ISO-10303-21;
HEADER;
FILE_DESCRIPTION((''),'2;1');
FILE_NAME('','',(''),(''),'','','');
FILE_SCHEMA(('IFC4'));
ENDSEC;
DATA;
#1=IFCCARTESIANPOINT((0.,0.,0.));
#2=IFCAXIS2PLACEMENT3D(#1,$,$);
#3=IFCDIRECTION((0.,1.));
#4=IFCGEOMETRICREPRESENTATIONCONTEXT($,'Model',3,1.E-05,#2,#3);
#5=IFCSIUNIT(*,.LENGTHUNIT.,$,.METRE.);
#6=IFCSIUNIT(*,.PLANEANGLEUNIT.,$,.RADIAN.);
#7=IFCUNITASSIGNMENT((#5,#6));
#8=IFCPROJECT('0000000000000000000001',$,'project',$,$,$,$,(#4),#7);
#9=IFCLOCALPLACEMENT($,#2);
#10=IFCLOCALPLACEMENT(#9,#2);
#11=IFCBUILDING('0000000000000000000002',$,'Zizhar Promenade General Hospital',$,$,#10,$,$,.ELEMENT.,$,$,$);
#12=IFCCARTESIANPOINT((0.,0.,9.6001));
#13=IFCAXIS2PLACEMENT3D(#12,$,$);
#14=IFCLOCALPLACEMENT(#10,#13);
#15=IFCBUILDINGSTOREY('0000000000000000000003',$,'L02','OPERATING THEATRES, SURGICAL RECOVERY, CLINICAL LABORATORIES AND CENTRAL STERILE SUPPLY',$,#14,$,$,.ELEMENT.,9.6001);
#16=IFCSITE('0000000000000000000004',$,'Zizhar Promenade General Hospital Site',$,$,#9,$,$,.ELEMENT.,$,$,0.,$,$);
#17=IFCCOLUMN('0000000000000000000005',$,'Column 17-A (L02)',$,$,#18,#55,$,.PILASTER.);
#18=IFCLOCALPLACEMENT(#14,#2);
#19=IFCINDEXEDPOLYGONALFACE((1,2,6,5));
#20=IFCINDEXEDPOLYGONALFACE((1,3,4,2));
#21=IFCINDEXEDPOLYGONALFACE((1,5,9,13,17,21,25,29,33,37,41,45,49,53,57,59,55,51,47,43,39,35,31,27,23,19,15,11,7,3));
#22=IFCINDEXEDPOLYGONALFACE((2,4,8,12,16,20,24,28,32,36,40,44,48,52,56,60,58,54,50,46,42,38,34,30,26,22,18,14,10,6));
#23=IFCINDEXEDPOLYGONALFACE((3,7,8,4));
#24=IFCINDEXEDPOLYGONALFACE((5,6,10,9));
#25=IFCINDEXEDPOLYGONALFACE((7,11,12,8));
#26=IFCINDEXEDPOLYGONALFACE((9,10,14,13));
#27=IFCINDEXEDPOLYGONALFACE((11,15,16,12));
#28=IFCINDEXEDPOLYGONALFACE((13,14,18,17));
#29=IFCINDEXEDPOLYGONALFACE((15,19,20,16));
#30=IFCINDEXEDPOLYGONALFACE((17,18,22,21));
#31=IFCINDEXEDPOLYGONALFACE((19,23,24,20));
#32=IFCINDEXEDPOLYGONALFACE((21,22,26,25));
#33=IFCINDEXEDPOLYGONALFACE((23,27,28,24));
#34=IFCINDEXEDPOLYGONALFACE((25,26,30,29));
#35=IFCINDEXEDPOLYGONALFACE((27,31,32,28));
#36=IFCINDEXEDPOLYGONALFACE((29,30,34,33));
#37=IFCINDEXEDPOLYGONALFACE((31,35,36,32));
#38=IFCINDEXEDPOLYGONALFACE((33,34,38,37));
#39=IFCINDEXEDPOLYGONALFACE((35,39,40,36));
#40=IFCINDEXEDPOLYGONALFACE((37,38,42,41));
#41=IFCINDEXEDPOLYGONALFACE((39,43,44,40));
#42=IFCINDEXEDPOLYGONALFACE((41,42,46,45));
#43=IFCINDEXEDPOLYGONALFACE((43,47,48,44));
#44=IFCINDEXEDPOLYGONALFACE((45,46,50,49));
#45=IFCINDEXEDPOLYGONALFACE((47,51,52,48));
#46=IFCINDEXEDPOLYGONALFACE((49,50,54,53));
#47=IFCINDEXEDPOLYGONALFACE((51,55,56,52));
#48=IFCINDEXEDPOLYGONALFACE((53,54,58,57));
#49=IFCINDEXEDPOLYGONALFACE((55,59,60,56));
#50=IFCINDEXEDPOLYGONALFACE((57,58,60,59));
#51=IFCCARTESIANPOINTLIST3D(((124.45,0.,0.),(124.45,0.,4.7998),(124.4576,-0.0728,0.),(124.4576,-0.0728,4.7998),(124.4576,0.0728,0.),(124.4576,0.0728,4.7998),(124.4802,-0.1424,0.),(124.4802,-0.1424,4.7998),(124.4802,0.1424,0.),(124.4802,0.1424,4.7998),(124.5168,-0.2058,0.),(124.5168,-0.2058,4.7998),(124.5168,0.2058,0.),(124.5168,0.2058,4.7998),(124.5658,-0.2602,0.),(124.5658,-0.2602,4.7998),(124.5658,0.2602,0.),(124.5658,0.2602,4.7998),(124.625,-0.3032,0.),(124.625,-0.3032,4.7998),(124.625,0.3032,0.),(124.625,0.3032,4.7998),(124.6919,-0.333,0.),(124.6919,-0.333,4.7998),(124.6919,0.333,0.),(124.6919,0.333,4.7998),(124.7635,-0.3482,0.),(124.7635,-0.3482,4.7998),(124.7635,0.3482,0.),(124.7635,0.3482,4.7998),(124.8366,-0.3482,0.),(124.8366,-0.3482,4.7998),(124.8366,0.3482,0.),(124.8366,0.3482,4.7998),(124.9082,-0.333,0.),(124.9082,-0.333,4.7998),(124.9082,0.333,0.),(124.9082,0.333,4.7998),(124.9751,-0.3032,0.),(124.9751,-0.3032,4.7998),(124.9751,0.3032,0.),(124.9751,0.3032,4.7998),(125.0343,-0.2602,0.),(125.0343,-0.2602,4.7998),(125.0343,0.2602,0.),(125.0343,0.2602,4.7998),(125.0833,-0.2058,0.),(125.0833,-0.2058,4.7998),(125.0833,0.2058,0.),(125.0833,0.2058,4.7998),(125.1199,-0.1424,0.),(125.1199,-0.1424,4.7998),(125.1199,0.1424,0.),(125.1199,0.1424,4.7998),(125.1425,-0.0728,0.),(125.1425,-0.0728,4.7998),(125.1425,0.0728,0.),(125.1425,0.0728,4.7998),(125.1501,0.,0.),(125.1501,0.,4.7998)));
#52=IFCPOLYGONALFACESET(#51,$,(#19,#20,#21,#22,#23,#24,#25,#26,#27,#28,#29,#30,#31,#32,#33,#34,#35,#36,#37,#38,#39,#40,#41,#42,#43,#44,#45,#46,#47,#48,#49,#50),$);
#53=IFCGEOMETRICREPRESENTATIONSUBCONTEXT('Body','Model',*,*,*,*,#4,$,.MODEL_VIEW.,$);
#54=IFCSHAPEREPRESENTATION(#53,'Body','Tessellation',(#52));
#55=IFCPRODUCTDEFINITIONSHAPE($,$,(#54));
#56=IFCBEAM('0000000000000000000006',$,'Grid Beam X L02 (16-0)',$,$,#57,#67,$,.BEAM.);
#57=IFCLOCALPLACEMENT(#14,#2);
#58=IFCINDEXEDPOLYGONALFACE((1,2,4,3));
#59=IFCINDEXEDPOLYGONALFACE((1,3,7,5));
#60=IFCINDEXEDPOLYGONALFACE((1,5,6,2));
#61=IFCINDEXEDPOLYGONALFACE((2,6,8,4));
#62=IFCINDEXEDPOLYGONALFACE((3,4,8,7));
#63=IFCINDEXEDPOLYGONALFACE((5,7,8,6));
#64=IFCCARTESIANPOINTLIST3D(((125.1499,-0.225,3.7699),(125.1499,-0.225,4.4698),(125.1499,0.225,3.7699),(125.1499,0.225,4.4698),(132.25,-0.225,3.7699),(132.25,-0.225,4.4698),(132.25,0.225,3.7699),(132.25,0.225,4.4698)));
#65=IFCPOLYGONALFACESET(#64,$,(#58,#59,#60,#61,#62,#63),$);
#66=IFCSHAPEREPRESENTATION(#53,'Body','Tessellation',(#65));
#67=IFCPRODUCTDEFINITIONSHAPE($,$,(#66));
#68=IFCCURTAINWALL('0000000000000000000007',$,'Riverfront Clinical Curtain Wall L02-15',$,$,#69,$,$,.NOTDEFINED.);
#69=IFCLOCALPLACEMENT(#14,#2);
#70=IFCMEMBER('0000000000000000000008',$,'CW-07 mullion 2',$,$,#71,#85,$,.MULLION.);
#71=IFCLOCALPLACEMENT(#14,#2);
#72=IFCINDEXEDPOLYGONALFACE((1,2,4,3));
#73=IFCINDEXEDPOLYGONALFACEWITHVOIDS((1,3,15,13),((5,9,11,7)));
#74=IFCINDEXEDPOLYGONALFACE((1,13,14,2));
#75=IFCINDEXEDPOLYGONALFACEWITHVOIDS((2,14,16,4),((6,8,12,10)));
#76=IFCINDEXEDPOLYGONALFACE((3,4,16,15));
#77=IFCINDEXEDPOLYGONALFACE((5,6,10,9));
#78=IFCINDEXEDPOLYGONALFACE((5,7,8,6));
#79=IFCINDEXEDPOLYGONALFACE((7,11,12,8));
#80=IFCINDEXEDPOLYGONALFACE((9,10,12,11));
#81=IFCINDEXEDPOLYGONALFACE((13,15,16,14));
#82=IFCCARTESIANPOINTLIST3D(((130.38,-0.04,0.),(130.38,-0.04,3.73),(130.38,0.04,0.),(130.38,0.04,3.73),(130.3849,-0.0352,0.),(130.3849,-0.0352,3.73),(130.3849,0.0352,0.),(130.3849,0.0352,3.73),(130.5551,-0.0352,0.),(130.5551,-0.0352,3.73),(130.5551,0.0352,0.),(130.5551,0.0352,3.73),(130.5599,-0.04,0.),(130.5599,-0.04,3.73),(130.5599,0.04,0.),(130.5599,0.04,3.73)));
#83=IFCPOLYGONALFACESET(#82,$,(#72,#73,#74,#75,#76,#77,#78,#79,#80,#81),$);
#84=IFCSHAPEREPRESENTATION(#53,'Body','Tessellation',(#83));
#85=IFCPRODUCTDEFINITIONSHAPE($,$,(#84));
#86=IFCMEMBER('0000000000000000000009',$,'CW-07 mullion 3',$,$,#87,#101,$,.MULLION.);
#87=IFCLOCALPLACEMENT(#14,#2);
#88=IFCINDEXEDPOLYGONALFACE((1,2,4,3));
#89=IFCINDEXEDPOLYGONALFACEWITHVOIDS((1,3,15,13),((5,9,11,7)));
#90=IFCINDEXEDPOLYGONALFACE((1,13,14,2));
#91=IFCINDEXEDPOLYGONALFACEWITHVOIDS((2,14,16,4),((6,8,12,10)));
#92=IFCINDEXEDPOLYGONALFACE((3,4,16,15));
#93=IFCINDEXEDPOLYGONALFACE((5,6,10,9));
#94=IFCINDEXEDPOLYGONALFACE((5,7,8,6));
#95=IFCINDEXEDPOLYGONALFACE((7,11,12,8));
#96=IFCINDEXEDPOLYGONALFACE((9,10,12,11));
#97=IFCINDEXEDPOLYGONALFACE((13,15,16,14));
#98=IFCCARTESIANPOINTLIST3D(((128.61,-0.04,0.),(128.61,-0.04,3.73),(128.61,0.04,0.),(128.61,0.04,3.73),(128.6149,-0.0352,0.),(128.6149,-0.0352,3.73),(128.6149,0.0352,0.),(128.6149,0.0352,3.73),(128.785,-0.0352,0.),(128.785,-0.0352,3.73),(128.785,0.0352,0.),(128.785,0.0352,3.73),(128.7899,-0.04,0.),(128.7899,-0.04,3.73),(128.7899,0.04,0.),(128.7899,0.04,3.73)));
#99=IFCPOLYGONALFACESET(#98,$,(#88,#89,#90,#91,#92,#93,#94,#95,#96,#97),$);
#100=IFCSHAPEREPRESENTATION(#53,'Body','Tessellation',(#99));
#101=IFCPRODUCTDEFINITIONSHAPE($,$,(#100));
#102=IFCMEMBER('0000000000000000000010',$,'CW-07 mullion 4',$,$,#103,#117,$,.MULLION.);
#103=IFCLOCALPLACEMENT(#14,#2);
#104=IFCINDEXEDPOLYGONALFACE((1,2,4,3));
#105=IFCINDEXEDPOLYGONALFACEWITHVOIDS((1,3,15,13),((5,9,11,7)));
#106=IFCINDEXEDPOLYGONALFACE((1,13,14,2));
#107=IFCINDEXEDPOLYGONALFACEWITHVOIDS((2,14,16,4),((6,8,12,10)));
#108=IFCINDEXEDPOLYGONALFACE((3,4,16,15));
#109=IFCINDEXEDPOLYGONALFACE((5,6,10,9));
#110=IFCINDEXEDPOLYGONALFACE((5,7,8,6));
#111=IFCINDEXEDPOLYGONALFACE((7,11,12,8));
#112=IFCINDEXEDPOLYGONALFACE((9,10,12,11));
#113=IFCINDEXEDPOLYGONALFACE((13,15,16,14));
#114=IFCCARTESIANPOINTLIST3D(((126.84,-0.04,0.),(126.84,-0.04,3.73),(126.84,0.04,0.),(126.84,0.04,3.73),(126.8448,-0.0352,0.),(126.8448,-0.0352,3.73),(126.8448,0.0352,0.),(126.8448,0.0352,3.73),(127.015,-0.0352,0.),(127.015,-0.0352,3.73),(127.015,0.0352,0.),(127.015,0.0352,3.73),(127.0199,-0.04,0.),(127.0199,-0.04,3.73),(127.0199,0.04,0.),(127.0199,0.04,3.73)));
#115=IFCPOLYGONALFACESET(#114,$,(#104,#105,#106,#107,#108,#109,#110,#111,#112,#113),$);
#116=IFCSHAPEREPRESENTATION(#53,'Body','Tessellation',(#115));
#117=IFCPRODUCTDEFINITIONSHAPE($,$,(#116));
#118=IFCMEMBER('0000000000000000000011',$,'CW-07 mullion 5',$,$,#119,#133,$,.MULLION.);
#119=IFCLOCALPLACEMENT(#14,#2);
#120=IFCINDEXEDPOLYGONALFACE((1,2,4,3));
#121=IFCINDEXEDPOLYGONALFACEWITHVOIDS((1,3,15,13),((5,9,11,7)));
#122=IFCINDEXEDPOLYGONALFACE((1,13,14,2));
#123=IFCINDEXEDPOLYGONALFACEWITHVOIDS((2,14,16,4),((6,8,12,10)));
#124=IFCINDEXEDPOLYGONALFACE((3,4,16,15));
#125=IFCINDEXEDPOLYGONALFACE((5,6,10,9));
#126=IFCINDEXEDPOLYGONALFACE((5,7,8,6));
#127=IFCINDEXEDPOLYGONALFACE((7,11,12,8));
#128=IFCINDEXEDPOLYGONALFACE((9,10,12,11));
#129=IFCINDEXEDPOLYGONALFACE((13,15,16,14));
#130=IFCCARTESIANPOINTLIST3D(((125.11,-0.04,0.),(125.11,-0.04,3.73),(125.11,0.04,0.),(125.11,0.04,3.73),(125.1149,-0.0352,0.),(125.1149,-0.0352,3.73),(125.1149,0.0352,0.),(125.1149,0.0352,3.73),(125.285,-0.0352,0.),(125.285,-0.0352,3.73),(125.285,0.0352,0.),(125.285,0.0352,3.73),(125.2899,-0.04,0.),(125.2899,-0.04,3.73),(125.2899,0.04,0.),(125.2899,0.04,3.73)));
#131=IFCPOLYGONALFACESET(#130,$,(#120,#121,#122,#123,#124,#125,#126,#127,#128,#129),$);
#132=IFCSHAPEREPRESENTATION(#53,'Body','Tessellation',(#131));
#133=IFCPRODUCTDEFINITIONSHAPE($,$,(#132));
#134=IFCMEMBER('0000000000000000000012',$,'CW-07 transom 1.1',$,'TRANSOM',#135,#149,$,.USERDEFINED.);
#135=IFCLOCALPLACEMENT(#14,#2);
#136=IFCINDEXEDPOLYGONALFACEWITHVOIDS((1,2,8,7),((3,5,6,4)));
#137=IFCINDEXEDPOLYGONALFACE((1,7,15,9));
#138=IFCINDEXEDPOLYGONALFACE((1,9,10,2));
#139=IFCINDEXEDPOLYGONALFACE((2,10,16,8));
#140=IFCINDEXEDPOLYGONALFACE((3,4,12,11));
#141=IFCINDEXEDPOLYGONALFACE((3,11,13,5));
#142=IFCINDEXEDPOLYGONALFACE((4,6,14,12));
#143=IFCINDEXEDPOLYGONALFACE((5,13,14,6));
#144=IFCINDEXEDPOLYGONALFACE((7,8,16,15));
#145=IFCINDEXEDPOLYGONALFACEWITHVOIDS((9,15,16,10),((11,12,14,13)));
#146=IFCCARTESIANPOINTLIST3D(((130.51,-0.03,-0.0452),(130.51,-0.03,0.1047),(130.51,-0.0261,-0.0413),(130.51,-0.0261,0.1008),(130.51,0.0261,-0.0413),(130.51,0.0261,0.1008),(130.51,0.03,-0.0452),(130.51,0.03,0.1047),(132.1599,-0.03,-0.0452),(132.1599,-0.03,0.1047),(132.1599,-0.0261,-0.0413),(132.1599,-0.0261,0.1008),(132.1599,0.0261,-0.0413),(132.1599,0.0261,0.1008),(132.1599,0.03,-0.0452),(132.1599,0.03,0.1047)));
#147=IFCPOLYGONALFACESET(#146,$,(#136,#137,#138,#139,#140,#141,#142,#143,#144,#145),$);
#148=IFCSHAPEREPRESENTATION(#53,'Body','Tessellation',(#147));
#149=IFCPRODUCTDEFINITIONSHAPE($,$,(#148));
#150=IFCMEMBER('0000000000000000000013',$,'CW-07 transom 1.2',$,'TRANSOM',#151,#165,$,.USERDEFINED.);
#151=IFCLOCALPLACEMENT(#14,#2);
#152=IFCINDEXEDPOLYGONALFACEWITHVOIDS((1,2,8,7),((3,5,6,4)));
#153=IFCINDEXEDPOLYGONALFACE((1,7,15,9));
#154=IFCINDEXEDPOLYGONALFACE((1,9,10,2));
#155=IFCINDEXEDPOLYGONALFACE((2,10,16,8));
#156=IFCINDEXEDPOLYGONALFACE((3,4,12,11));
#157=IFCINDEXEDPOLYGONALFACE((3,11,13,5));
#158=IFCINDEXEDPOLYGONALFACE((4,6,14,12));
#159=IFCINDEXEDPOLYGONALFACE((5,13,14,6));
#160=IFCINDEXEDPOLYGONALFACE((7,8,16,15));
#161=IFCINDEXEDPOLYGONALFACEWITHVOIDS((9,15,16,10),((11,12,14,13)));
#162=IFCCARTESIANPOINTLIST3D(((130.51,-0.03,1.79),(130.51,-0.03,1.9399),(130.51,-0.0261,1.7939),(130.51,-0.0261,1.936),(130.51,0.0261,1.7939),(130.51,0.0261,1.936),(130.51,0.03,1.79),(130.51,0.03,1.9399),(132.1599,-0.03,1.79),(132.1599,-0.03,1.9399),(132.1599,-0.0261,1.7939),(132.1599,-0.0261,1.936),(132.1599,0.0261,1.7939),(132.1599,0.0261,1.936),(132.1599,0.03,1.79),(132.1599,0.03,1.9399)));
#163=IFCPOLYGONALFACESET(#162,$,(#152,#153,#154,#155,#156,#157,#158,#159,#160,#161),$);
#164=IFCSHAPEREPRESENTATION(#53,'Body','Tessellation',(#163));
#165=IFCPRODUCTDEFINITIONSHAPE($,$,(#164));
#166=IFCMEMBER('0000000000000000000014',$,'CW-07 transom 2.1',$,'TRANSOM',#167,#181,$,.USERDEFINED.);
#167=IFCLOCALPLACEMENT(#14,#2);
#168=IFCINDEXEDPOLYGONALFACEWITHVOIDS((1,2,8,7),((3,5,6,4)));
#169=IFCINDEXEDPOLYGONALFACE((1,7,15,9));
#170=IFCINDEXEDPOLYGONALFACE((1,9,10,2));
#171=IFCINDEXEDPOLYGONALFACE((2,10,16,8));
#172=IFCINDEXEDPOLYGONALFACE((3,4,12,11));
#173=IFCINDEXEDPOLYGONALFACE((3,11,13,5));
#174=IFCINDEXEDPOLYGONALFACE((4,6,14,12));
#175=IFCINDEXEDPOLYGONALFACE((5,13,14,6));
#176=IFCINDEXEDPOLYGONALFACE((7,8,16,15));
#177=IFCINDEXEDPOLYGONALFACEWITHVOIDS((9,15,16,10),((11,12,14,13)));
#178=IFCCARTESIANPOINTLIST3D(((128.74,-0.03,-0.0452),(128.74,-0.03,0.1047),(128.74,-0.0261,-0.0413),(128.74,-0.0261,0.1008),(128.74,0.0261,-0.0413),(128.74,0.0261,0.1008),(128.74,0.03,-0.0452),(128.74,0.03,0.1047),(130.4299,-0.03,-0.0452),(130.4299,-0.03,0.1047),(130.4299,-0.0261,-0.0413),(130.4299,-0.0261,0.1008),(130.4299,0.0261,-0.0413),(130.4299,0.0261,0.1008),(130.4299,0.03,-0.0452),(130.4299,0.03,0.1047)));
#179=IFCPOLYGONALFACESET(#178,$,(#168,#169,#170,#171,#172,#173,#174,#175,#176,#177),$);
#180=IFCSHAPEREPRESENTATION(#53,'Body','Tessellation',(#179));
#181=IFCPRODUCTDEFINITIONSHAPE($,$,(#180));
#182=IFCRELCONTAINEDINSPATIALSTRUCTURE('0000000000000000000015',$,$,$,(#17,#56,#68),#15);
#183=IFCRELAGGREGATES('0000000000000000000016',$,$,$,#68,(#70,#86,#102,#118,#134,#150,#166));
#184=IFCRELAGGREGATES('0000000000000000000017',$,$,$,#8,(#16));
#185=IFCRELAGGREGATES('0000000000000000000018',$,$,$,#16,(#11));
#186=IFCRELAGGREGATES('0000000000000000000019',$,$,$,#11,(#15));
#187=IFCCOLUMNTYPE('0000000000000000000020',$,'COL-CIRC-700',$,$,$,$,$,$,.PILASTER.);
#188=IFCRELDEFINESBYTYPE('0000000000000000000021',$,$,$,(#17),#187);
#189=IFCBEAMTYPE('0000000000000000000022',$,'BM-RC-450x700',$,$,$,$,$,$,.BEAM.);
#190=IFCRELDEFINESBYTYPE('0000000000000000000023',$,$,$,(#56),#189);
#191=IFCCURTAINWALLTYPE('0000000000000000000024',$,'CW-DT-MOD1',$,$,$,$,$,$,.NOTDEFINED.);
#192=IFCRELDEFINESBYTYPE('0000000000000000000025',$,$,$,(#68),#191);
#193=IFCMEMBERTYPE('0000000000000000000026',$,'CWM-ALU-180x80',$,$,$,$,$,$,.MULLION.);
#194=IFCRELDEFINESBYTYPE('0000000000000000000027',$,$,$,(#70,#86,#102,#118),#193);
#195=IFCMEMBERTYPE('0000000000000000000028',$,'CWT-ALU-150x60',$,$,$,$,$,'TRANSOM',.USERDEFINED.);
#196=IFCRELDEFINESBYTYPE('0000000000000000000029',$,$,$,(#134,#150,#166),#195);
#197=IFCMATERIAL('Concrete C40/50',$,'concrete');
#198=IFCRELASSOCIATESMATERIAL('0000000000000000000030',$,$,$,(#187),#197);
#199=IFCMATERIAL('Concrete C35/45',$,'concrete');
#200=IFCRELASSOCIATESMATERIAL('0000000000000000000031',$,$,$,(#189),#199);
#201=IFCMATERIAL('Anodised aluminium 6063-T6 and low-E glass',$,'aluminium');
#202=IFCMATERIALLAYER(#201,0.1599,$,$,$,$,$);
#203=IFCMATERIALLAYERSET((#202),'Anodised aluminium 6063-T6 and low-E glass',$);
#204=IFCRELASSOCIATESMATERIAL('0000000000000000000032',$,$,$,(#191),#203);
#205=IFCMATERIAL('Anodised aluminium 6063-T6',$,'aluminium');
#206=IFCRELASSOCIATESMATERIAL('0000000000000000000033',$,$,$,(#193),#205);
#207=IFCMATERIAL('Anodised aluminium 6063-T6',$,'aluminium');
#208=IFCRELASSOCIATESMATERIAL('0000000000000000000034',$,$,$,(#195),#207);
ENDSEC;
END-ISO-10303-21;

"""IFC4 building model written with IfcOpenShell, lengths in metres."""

from ifc_helpers import new_model, si_unit, direction, frame, origin, origin_2d, place, context, subcontext, project, spatial, rectangle, hollow_rectangle, circle, extrude, material, layer, layer_set, material_profile, profile_set, type_object, element, aggregate, save


model = new_model("IFC4")

# Units and contexts
model_context = context("Model", 3, precision=1e-05, world=origin(), true_north=direction((0.0, 1.0)))
body_context = subcontext(model_context, "Body", "Model", "MODEL_VIEW")
ifc_project = project(units=[si_unit("LENGTHUNIT", "METRE"), si_unit("PLANEANGLEUNIT", "RADIAN")], contexts=[model_context])

# Site, building, storey
site_placement = place(None, origin())
site = spatial("IfcSite", under=ifc_project, at=site_placement, Name="Zizhar Promenade General Hospital Site", CompositionType="ELEMENT", RefElevation=0.0)
building_placement = place(site_placement, origin())
building = spatial("IfcBuilding", under=site, at=building_placement, Name="Zizhar Promenade General Hospital", CompositionType="ELEMENT")
storey_placement = place(building_placement, frame((0.0, 0.0, 9.6001)))
storey = spatial("IfcBuildingStorey", under=building, at=storey_placement, Name="L02", Description="OPERATING THEATRES, SURGICAL RECOVERY, CLINICAL LABORATORIES AND CENTRAL STERILE SUPPLY", CompositionType="ELEMENT", Elevation=9.6001)

# Column
ifc_material_1 = material(Name="Concrete C40/50", Category="concrete")
ifc_material_profile_1 = material_profile(ifc_material_1, circle(Radius=0.3501, at=origin_2d()))
ifc_profile_set_1 = profile_set([ifc_material_profile_1], Name="Concrete C40/50")
column_type = type_object("IfcColumnType", Name="COL-CIRC-700", PredefinedType="PILASTER", material=ifc_profile_set_1)
column_placement = place(storey_placement, frame((124.8, 0.0, 0.0), z_axis=(0.0, 0.0, 1.0), x_axis=(1.0, 0.0, 0.0)))
element("IfcColumn", 1, at=column_placement, inside=storey, type_object=column_type, Name="Column 17-A (L02)", PredefinedType="PILASTER", context=body_context, shape_type="SweptSolid", body=[
    extrude(circle(Radius=0.3501, at=origin_2d()), origin(), (0.0, 0.0, 1.0), 4.7998),
])

# Beam
ifc_material_2 = material(Name="Concrete C35/45", Category="concrete")
ifc_material_profile_2 = material_profile(ifc_material_2, rectangle(XDim=0.45, YDim=0.7, at=origin_2d()))
ifc_profile_set_2 = profile_set([ifc_material_profile_2], Name="Concrete C35/45")
beam_type = type_object("IfcBeamType", Name="BM-RC-450x700", PredefinedType="BEAM", material=ifc_profile_set_2)
beam_placement = place(storey_placement, frame((125.1499, 0.0, 4.1199), z_axis=(1.0, 0.0, 0.0), x_axis=(0.0, 1.0, 0.0)))
element("IfcBeam", 2, at=beam_placement, inside=storey, type_object=beam_type, Name="Grid Beam X L02 (16-0)", PredefinedType="BEAM", context=body_context, shape_type="SweptSolid", body=[
    extrude(rectangle(XDim=0.45, YDim=0.7, at=origin_2d()), origin(), (0.0, 0.0, 1.0), 7.1001),
])

# Curtain wall, members
ifc_material_3 = material(Name="Anodised aluminium 6063-T6 and low-E glass", Category="aluminium")
ifc_layer_1 = layer(ifc_material_3, 0.1599)
ifc_layer_set_1 = layer_set([ifc_layer_1], Name="Anodised aluminium 6063-T6 and low-E glass")
curtain_wall_type = type_object("IfcCurtainWallType", Name="CW-DT-MOD1", PredefinedType="NOTDEFINED", material=ifc_layer_set_1)
curtain_wall_placement = place(storey_placement, origin())
curtain_wall = element("IfcCurtainWall", 3, at=curtain_wall_placement, inside=storey, type_object=curtain_wall_type, Name="Riverfront Clinical Curtain Wall L02-15", PredefinedType="NOTDEFINED")
ifc_material_4 = material(Name="Anodised aluminium 6063-T6", Category="aluminium")
ifc_material_profile_3 = material_profile(ifc_material_4, hollow_rectangle(XDim=0.0801, YDim=0.1799, WallThickness=0.0049, at=origin_2d()))
ifc_profile_set_3 = profile_set([ifc_material_profile_3], Name="Anodised aluminium 6063-T6")
member_type_1 = type_object("IfcMemberType", Name="CWM-ALU-180x80", PredefinedType="MULLION", material=ifc_profile_set_3)
member_1_placement = place(storey_placement, frame((130.47, 0.0, 0.0), z_axis=(0.0, 0.0, 1.0), x_axis=(0.0, -1.0, 0.0)))
member_1 = element("IfcMember", 4, at=member_1_placement, type_object=member_type_1, Name="CW-07 mullion 2", PredefinedType="MULLION", context=body_context, shape_type="SweptSolid", body=[
    extrude(hollow_rectangle(XDim=0.0801, YDim=0.1799, WallThickness=0.0049, at=origin_2d()), origin(), (0.0, 0.0, 1.0), 3.73),
])
member_2_placement = place(storey_placement, frame((128.7, 0.0, 0.0), z_axis=(0.0, 0.0, 1.0), x_axis=(0.0, -1.0, 0.0)))
member_2 = element("IfcMember", 5, at=member_2_placement, type_object=member_type_1, Name="CW-07 mullion 3", PredefinedType="MULLION", context=body_context, shape_type="SweptSolid", body=[
    extrude(hollow_rectangle(XDim=0.0801, YDim=0.1799, WallThickness=0.0049, at=origin_2d()), origin(), (0.0, 0.0, 1.0), 3.73),
])
member_3_placement = place(storey_placement, frame((126.9299, 0.0, 0.0), z_axis=(0.0, 0.0, 1.0), x_axis=(0.0, -1.0, 0.0)))
member_3 = element("IfcMember", 6, at=member_3_placement, type_object=member_type_1, Name="CW-07 mullion 4", PredefinedType="MULLION", context=body_context, shape_type="SweptSolid", body=[
    extrude(hollow_rectangle(XDim=0.0801, YDim=0.1799, WallThickness=0.0049, at=origin_2d()), origin(), (0.0, 0.0, 1.0), 3.73),
])
member_4_placement = place(storey_placement, frame((125.2, 0.0, 0.0), z_axis=(0.0, 0.0, 1.0), x_axis=(0.0, -1.0, 0.0)))
member_4 = element("IfcMember", 7, at=member_4_placement, type_object=member_type_1, Name="CW-07 mullion 5", PredefinedType="MULLION", context=body_context, shape_type="SweptSolid", body=[
    extrude(hollow_rectangle(XDim=0.0801, YDim=0.1799, WallThickness=0.0049, at=origin_2d()), origin(), (0.0, 0.0, 1.0), 3.73),
])
ifc_material_5 = material(Name="Anodised aluminium 6063-T6", Category="aluminium")
ifc_material_profile_4 = material_profile(ifc_material_5, hollow_rectangle(XDim=0.0601, YDim=0.1499, WallThickness=0.0039, at=origin_2d()))
ifc_profile_set_4 = profile_set([ifc_material_profile_4], Name="Anodised aluminium 6063-T6")
member_type_2 = type_object("IfcMemberType", Name="CWT-ALU-150x60", ElementType="TRANSOM", PredefinedType="USERDEFINED", material=ifc_profile_set_4)
member_5_placement = place(storey_placement, frame((132.1599, 0.0, 0.0298), z_axis=(-1.0, 0.0, 0.0), x_axis=(0.0, -1.0, 0.0)))
member_5 = element("IfcMember", 8, at=member_5_placement, type_object=member_type_2, Name="CW-07 transom 1.1", ObjectType="TRANSOM", PredefinedType="USERDEFINED", context=body_context, shape_type="SweptSolid", body=[
    extrude(hollow_rectangle(XDim=0.0601, YDim=0.1499, WallThickness=0.0039, at=origin_2d()), origin(), (0.0, 0.0, 1.0), 1.6499),
])
member_6_placement = place(storey_placement, frame((132.1599, 0.0, 1.865), z_axis=(-1.0, 0.0, 0.0), x_axis=(0.0, -1.0, 0.0)))
member_6 = element("IfcMember", 9, at=member_6_placement, type_object=member_type_2, Name="CW-07 transom 1.2", ObjectType="TRANSOM", PredefinedType="USERDEFINED", context=body_context, shape_type="SweptSolid", body=[
    extrude(hollow_rectangle(XDim=0.0601, YDim=0.1499, WallThickness=0.0039, at=origin_2d()), origin(), (0.0, 0.0, 1.0), 1.6499),
])
member_7_placement = place(storey_placement, frame((130.4299, 0.0, 0.0298), z_axis=(-1.0, 0.0, 0.0), x_axis=(0.0, -1.0, 0.0)))
member_7 = element("IfcMember", 10, at=member_7_placement, type_object=member_type_2, Name="CW-07 transom 2.1", ObjectType="TRANSOM", PredefinedType="USERDEFINED", context=body_context, shape_type="SweptSolid", body=[
    extrude(hollow_rectangle(XDim=0.0601, YDim=0.1499, WallThickness=0.0039, at=origin_2d()), origin(), (0.0, 0.0, 1.0), 1.6899),
])
aggregate(curtain_wall, [member_1, member_2, member_3, member_4, member_5, member_6, member_7])

save(model, "model.ifc")
